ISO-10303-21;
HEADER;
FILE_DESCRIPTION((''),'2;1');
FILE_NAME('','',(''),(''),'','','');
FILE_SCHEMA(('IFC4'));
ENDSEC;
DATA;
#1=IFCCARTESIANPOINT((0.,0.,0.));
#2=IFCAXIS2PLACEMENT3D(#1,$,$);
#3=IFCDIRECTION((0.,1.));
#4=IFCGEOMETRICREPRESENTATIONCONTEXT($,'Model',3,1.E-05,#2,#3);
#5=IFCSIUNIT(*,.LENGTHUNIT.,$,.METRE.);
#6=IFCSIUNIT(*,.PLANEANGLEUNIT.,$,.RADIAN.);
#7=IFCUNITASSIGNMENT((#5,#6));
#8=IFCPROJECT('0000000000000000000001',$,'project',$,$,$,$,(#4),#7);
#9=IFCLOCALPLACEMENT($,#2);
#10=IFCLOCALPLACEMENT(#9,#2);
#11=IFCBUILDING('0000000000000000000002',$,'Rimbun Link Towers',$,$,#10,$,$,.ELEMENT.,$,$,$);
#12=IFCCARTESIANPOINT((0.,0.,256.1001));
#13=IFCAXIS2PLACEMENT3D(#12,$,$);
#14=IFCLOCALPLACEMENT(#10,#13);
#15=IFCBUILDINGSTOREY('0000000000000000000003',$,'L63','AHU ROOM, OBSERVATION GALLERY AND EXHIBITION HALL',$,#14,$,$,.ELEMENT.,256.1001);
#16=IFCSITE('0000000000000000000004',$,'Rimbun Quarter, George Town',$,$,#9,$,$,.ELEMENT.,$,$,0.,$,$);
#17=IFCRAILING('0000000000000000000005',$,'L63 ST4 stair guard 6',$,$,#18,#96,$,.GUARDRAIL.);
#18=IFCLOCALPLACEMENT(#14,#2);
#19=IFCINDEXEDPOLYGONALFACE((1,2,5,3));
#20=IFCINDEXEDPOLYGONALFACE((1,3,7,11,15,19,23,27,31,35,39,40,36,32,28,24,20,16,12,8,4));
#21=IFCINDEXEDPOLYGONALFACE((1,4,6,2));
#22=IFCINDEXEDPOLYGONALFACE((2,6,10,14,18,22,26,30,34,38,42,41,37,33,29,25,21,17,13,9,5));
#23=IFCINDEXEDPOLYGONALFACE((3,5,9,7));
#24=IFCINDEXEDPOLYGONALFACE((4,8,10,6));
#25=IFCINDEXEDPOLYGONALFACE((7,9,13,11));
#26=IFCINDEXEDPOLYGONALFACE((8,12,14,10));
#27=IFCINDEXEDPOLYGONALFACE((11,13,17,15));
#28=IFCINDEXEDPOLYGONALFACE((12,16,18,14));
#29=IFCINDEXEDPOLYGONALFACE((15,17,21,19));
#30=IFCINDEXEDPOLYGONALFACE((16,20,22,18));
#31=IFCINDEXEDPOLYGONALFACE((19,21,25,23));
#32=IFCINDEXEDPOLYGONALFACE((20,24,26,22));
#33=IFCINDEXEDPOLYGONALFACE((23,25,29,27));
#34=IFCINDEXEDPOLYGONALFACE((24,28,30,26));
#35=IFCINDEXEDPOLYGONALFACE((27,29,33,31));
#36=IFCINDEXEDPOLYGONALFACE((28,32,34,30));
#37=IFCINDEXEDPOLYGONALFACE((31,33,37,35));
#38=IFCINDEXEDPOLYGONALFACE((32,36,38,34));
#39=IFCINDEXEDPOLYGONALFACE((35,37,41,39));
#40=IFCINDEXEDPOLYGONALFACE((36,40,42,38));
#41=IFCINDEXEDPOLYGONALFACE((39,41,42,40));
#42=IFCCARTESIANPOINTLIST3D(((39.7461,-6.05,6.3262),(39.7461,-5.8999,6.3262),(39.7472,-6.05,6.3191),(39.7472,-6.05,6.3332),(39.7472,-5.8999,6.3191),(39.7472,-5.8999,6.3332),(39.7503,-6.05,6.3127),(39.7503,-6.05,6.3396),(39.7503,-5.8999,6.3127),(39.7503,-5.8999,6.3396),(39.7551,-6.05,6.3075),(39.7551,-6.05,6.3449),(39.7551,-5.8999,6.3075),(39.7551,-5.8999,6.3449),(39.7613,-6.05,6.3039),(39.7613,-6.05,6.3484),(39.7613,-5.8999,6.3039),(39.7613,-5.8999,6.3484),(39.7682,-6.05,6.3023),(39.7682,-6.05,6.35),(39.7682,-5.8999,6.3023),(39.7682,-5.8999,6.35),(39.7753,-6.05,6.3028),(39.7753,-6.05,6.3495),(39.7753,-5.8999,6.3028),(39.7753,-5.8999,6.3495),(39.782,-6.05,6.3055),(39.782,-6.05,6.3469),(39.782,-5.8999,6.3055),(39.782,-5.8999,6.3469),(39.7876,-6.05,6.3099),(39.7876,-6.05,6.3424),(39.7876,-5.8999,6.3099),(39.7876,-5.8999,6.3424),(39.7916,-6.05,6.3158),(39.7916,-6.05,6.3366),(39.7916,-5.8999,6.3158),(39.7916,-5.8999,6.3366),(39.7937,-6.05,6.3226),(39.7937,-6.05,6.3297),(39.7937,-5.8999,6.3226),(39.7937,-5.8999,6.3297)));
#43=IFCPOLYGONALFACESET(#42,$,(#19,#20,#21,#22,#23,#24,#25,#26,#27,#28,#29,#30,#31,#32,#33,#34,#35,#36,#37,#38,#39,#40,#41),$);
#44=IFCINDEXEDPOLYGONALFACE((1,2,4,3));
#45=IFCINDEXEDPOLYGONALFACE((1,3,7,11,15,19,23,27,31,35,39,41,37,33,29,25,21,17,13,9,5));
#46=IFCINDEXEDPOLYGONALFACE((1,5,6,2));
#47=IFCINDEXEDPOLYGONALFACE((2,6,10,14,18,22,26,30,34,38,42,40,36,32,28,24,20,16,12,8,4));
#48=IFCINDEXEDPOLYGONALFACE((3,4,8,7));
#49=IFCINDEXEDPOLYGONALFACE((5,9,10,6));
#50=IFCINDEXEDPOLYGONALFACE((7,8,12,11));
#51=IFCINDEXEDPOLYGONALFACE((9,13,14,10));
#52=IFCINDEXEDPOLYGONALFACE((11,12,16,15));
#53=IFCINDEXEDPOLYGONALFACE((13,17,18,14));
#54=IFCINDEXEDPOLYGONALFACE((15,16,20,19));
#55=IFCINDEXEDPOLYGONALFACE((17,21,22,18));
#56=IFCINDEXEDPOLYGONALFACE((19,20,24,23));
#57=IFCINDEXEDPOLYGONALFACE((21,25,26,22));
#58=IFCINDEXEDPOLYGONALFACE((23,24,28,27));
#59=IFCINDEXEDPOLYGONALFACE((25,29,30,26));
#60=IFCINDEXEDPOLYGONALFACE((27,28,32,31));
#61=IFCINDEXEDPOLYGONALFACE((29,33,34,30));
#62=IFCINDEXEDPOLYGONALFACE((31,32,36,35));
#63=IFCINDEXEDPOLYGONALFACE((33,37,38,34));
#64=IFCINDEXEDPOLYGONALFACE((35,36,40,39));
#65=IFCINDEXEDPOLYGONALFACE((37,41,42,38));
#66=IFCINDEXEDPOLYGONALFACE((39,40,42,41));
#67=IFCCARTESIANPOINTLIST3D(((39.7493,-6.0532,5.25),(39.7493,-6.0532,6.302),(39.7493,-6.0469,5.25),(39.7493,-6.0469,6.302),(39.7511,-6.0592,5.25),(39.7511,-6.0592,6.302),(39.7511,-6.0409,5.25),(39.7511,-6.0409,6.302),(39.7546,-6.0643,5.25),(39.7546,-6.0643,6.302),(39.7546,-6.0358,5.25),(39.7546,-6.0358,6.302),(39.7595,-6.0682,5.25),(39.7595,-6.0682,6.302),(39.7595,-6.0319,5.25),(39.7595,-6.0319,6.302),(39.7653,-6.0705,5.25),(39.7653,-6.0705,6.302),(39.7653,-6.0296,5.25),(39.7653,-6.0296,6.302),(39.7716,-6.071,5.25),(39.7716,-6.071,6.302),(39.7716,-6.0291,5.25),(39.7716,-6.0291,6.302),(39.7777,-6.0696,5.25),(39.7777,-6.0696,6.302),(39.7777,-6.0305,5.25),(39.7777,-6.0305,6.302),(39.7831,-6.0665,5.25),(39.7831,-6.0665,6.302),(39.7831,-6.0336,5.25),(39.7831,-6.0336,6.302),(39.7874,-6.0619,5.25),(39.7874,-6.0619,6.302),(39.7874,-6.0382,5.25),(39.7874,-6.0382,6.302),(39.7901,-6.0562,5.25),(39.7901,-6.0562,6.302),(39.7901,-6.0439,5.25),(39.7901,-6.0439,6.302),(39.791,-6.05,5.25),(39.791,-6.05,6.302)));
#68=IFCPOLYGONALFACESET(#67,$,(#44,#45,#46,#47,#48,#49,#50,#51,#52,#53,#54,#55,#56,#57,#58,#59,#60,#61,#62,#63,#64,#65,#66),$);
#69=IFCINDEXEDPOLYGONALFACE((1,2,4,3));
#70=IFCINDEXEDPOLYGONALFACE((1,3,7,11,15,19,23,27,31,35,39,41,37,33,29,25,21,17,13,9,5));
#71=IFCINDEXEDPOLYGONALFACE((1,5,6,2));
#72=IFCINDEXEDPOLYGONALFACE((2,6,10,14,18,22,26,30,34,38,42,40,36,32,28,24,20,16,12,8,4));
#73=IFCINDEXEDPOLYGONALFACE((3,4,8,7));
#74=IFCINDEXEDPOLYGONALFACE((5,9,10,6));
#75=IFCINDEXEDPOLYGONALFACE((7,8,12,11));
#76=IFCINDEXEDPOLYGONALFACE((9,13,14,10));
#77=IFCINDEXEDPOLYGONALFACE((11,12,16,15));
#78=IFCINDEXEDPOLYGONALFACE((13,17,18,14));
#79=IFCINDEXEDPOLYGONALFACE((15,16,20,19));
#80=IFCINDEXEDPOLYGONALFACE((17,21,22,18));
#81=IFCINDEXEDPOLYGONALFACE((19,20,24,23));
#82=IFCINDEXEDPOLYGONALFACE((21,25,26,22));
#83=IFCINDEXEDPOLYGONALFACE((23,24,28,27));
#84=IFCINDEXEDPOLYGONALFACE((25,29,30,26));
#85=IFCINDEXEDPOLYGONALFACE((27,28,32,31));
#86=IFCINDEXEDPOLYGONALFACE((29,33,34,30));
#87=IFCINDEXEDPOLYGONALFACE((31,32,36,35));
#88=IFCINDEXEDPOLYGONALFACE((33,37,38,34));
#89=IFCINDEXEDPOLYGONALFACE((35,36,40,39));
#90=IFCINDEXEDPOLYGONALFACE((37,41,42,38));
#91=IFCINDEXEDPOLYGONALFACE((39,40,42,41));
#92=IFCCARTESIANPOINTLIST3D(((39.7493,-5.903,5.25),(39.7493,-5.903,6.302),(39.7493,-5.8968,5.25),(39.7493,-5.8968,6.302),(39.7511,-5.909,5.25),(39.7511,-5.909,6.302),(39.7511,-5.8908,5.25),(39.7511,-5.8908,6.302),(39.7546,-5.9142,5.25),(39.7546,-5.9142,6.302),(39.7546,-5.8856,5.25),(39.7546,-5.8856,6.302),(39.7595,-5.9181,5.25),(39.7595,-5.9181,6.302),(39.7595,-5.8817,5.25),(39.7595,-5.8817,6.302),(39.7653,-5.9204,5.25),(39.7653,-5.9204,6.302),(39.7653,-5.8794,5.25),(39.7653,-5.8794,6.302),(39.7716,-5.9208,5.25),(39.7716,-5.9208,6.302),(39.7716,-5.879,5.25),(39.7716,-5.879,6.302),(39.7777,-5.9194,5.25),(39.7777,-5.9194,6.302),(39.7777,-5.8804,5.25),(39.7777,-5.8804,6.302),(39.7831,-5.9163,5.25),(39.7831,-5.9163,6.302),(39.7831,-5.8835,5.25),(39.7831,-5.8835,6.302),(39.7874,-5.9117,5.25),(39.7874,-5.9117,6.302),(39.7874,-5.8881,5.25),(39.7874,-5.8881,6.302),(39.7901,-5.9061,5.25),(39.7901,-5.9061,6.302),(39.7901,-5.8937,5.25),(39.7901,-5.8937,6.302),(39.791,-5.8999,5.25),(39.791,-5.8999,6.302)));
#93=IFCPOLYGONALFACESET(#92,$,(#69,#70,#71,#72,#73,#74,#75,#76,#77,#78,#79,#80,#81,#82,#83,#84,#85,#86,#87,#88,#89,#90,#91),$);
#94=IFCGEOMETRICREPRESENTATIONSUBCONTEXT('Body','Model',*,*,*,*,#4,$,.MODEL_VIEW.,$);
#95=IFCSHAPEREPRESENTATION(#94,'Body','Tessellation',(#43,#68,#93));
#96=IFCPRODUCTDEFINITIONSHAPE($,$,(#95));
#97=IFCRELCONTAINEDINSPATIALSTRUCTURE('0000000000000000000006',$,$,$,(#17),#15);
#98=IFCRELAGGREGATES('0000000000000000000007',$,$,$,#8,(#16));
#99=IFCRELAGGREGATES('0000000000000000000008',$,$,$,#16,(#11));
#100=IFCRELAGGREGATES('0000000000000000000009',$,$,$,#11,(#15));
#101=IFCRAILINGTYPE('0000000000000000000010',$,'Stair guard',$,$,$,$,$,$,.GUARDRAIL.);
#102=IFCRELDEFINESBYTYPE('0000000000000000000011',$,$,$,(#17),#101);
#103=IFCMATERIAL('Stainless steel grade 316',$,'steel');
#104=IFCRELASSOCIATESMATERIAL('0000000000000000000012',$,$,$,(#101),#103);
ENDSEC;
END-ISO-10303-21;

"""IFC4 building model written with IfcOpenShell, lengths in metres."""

from ifc_helpers import new_model, si_unit, direction, frame, origin, origin_2d, place, context, subcontext, project, spatial, circle, extrude, material, type_object, element, save


model = new_model("IFC4")

# Units and contexts
model_context = context("Model", 3, precision=1e-05, world=origin(), true_north=direction((0.0, 1.0)))
body_context = subcontext(model_context, "Body", "Model", "MODEL_VIEW")
ifc_project = project(units=[si_unit("LENGTHUNIT", "METRE"), si_unit("PLANEANGLEUNIT", "RADIAN")], contexts=[model_context])

# Site, building, storey
site_placement = place(None, origin())
site = spatial("IfcSite", under=ifc_project, at=site_placement, Name="Rimbun Quarter, George Town", CompositionType="ELEMENT", RefElevation=0.0)
building_placement = place(site_placement, origin())
building = spatial("IfcBuilding", under=site, at=building_placement, Name="Rimbun Link Towers", CompositionType="ELEMENT")
storey_placement = place(building_placement, frame((0.0, 0.0, 256.1001)))
storey = spatial("IfcBuildingStorey", under=building, at=storey_placement, Name="L63", Description="AHU ROOM, OBSERVATION GALLERY AND EXHIBITION HALL", CompositionType="ELEMENT", Elevation=256.1001)

# Railing
ifc_material_1 = material(Name="Stainless steel grade 316", Category="steel")
railing_type_1 = type_object("IfcRailingType", Name="Stair guard", PredefinedType="GUARDRAIL", material=ifc_material_1)
for number, where, name in (
    (1, (39.77, -6.05, 5.25), "L63 ST4 stair guard 6"),
):
    element("IfcRailing", number, at=place(storey_placement, frame(where)), inside=storey, type_object=railing_type_1, Name=name, PredefinedType="GUARDRAIL", context=body_context, shape_type="SweptSolid", body=[
        extrude(circle(Radius=0.0239, at=origin_2d()), frame((0.0, 0.0, 1.0762), z_axis=(0.0, 1.0, 0.0), x_axis=(-1.0, 0.0, 0.0)), (0.0, 0.0, 1.0), 0.1501),
        extrude(circle(Radius=0.021, at=origin_2d()), origin(), (0.0, 0.0, 1.0), 1.052),
        extrude(circle(Radius=0.021, at=origin_2d()), frame((0.0, 0.1501, 0.0)), (0.0, 0.0, 1.0), 1.052),
    ])

save(model, "model.ifc")
